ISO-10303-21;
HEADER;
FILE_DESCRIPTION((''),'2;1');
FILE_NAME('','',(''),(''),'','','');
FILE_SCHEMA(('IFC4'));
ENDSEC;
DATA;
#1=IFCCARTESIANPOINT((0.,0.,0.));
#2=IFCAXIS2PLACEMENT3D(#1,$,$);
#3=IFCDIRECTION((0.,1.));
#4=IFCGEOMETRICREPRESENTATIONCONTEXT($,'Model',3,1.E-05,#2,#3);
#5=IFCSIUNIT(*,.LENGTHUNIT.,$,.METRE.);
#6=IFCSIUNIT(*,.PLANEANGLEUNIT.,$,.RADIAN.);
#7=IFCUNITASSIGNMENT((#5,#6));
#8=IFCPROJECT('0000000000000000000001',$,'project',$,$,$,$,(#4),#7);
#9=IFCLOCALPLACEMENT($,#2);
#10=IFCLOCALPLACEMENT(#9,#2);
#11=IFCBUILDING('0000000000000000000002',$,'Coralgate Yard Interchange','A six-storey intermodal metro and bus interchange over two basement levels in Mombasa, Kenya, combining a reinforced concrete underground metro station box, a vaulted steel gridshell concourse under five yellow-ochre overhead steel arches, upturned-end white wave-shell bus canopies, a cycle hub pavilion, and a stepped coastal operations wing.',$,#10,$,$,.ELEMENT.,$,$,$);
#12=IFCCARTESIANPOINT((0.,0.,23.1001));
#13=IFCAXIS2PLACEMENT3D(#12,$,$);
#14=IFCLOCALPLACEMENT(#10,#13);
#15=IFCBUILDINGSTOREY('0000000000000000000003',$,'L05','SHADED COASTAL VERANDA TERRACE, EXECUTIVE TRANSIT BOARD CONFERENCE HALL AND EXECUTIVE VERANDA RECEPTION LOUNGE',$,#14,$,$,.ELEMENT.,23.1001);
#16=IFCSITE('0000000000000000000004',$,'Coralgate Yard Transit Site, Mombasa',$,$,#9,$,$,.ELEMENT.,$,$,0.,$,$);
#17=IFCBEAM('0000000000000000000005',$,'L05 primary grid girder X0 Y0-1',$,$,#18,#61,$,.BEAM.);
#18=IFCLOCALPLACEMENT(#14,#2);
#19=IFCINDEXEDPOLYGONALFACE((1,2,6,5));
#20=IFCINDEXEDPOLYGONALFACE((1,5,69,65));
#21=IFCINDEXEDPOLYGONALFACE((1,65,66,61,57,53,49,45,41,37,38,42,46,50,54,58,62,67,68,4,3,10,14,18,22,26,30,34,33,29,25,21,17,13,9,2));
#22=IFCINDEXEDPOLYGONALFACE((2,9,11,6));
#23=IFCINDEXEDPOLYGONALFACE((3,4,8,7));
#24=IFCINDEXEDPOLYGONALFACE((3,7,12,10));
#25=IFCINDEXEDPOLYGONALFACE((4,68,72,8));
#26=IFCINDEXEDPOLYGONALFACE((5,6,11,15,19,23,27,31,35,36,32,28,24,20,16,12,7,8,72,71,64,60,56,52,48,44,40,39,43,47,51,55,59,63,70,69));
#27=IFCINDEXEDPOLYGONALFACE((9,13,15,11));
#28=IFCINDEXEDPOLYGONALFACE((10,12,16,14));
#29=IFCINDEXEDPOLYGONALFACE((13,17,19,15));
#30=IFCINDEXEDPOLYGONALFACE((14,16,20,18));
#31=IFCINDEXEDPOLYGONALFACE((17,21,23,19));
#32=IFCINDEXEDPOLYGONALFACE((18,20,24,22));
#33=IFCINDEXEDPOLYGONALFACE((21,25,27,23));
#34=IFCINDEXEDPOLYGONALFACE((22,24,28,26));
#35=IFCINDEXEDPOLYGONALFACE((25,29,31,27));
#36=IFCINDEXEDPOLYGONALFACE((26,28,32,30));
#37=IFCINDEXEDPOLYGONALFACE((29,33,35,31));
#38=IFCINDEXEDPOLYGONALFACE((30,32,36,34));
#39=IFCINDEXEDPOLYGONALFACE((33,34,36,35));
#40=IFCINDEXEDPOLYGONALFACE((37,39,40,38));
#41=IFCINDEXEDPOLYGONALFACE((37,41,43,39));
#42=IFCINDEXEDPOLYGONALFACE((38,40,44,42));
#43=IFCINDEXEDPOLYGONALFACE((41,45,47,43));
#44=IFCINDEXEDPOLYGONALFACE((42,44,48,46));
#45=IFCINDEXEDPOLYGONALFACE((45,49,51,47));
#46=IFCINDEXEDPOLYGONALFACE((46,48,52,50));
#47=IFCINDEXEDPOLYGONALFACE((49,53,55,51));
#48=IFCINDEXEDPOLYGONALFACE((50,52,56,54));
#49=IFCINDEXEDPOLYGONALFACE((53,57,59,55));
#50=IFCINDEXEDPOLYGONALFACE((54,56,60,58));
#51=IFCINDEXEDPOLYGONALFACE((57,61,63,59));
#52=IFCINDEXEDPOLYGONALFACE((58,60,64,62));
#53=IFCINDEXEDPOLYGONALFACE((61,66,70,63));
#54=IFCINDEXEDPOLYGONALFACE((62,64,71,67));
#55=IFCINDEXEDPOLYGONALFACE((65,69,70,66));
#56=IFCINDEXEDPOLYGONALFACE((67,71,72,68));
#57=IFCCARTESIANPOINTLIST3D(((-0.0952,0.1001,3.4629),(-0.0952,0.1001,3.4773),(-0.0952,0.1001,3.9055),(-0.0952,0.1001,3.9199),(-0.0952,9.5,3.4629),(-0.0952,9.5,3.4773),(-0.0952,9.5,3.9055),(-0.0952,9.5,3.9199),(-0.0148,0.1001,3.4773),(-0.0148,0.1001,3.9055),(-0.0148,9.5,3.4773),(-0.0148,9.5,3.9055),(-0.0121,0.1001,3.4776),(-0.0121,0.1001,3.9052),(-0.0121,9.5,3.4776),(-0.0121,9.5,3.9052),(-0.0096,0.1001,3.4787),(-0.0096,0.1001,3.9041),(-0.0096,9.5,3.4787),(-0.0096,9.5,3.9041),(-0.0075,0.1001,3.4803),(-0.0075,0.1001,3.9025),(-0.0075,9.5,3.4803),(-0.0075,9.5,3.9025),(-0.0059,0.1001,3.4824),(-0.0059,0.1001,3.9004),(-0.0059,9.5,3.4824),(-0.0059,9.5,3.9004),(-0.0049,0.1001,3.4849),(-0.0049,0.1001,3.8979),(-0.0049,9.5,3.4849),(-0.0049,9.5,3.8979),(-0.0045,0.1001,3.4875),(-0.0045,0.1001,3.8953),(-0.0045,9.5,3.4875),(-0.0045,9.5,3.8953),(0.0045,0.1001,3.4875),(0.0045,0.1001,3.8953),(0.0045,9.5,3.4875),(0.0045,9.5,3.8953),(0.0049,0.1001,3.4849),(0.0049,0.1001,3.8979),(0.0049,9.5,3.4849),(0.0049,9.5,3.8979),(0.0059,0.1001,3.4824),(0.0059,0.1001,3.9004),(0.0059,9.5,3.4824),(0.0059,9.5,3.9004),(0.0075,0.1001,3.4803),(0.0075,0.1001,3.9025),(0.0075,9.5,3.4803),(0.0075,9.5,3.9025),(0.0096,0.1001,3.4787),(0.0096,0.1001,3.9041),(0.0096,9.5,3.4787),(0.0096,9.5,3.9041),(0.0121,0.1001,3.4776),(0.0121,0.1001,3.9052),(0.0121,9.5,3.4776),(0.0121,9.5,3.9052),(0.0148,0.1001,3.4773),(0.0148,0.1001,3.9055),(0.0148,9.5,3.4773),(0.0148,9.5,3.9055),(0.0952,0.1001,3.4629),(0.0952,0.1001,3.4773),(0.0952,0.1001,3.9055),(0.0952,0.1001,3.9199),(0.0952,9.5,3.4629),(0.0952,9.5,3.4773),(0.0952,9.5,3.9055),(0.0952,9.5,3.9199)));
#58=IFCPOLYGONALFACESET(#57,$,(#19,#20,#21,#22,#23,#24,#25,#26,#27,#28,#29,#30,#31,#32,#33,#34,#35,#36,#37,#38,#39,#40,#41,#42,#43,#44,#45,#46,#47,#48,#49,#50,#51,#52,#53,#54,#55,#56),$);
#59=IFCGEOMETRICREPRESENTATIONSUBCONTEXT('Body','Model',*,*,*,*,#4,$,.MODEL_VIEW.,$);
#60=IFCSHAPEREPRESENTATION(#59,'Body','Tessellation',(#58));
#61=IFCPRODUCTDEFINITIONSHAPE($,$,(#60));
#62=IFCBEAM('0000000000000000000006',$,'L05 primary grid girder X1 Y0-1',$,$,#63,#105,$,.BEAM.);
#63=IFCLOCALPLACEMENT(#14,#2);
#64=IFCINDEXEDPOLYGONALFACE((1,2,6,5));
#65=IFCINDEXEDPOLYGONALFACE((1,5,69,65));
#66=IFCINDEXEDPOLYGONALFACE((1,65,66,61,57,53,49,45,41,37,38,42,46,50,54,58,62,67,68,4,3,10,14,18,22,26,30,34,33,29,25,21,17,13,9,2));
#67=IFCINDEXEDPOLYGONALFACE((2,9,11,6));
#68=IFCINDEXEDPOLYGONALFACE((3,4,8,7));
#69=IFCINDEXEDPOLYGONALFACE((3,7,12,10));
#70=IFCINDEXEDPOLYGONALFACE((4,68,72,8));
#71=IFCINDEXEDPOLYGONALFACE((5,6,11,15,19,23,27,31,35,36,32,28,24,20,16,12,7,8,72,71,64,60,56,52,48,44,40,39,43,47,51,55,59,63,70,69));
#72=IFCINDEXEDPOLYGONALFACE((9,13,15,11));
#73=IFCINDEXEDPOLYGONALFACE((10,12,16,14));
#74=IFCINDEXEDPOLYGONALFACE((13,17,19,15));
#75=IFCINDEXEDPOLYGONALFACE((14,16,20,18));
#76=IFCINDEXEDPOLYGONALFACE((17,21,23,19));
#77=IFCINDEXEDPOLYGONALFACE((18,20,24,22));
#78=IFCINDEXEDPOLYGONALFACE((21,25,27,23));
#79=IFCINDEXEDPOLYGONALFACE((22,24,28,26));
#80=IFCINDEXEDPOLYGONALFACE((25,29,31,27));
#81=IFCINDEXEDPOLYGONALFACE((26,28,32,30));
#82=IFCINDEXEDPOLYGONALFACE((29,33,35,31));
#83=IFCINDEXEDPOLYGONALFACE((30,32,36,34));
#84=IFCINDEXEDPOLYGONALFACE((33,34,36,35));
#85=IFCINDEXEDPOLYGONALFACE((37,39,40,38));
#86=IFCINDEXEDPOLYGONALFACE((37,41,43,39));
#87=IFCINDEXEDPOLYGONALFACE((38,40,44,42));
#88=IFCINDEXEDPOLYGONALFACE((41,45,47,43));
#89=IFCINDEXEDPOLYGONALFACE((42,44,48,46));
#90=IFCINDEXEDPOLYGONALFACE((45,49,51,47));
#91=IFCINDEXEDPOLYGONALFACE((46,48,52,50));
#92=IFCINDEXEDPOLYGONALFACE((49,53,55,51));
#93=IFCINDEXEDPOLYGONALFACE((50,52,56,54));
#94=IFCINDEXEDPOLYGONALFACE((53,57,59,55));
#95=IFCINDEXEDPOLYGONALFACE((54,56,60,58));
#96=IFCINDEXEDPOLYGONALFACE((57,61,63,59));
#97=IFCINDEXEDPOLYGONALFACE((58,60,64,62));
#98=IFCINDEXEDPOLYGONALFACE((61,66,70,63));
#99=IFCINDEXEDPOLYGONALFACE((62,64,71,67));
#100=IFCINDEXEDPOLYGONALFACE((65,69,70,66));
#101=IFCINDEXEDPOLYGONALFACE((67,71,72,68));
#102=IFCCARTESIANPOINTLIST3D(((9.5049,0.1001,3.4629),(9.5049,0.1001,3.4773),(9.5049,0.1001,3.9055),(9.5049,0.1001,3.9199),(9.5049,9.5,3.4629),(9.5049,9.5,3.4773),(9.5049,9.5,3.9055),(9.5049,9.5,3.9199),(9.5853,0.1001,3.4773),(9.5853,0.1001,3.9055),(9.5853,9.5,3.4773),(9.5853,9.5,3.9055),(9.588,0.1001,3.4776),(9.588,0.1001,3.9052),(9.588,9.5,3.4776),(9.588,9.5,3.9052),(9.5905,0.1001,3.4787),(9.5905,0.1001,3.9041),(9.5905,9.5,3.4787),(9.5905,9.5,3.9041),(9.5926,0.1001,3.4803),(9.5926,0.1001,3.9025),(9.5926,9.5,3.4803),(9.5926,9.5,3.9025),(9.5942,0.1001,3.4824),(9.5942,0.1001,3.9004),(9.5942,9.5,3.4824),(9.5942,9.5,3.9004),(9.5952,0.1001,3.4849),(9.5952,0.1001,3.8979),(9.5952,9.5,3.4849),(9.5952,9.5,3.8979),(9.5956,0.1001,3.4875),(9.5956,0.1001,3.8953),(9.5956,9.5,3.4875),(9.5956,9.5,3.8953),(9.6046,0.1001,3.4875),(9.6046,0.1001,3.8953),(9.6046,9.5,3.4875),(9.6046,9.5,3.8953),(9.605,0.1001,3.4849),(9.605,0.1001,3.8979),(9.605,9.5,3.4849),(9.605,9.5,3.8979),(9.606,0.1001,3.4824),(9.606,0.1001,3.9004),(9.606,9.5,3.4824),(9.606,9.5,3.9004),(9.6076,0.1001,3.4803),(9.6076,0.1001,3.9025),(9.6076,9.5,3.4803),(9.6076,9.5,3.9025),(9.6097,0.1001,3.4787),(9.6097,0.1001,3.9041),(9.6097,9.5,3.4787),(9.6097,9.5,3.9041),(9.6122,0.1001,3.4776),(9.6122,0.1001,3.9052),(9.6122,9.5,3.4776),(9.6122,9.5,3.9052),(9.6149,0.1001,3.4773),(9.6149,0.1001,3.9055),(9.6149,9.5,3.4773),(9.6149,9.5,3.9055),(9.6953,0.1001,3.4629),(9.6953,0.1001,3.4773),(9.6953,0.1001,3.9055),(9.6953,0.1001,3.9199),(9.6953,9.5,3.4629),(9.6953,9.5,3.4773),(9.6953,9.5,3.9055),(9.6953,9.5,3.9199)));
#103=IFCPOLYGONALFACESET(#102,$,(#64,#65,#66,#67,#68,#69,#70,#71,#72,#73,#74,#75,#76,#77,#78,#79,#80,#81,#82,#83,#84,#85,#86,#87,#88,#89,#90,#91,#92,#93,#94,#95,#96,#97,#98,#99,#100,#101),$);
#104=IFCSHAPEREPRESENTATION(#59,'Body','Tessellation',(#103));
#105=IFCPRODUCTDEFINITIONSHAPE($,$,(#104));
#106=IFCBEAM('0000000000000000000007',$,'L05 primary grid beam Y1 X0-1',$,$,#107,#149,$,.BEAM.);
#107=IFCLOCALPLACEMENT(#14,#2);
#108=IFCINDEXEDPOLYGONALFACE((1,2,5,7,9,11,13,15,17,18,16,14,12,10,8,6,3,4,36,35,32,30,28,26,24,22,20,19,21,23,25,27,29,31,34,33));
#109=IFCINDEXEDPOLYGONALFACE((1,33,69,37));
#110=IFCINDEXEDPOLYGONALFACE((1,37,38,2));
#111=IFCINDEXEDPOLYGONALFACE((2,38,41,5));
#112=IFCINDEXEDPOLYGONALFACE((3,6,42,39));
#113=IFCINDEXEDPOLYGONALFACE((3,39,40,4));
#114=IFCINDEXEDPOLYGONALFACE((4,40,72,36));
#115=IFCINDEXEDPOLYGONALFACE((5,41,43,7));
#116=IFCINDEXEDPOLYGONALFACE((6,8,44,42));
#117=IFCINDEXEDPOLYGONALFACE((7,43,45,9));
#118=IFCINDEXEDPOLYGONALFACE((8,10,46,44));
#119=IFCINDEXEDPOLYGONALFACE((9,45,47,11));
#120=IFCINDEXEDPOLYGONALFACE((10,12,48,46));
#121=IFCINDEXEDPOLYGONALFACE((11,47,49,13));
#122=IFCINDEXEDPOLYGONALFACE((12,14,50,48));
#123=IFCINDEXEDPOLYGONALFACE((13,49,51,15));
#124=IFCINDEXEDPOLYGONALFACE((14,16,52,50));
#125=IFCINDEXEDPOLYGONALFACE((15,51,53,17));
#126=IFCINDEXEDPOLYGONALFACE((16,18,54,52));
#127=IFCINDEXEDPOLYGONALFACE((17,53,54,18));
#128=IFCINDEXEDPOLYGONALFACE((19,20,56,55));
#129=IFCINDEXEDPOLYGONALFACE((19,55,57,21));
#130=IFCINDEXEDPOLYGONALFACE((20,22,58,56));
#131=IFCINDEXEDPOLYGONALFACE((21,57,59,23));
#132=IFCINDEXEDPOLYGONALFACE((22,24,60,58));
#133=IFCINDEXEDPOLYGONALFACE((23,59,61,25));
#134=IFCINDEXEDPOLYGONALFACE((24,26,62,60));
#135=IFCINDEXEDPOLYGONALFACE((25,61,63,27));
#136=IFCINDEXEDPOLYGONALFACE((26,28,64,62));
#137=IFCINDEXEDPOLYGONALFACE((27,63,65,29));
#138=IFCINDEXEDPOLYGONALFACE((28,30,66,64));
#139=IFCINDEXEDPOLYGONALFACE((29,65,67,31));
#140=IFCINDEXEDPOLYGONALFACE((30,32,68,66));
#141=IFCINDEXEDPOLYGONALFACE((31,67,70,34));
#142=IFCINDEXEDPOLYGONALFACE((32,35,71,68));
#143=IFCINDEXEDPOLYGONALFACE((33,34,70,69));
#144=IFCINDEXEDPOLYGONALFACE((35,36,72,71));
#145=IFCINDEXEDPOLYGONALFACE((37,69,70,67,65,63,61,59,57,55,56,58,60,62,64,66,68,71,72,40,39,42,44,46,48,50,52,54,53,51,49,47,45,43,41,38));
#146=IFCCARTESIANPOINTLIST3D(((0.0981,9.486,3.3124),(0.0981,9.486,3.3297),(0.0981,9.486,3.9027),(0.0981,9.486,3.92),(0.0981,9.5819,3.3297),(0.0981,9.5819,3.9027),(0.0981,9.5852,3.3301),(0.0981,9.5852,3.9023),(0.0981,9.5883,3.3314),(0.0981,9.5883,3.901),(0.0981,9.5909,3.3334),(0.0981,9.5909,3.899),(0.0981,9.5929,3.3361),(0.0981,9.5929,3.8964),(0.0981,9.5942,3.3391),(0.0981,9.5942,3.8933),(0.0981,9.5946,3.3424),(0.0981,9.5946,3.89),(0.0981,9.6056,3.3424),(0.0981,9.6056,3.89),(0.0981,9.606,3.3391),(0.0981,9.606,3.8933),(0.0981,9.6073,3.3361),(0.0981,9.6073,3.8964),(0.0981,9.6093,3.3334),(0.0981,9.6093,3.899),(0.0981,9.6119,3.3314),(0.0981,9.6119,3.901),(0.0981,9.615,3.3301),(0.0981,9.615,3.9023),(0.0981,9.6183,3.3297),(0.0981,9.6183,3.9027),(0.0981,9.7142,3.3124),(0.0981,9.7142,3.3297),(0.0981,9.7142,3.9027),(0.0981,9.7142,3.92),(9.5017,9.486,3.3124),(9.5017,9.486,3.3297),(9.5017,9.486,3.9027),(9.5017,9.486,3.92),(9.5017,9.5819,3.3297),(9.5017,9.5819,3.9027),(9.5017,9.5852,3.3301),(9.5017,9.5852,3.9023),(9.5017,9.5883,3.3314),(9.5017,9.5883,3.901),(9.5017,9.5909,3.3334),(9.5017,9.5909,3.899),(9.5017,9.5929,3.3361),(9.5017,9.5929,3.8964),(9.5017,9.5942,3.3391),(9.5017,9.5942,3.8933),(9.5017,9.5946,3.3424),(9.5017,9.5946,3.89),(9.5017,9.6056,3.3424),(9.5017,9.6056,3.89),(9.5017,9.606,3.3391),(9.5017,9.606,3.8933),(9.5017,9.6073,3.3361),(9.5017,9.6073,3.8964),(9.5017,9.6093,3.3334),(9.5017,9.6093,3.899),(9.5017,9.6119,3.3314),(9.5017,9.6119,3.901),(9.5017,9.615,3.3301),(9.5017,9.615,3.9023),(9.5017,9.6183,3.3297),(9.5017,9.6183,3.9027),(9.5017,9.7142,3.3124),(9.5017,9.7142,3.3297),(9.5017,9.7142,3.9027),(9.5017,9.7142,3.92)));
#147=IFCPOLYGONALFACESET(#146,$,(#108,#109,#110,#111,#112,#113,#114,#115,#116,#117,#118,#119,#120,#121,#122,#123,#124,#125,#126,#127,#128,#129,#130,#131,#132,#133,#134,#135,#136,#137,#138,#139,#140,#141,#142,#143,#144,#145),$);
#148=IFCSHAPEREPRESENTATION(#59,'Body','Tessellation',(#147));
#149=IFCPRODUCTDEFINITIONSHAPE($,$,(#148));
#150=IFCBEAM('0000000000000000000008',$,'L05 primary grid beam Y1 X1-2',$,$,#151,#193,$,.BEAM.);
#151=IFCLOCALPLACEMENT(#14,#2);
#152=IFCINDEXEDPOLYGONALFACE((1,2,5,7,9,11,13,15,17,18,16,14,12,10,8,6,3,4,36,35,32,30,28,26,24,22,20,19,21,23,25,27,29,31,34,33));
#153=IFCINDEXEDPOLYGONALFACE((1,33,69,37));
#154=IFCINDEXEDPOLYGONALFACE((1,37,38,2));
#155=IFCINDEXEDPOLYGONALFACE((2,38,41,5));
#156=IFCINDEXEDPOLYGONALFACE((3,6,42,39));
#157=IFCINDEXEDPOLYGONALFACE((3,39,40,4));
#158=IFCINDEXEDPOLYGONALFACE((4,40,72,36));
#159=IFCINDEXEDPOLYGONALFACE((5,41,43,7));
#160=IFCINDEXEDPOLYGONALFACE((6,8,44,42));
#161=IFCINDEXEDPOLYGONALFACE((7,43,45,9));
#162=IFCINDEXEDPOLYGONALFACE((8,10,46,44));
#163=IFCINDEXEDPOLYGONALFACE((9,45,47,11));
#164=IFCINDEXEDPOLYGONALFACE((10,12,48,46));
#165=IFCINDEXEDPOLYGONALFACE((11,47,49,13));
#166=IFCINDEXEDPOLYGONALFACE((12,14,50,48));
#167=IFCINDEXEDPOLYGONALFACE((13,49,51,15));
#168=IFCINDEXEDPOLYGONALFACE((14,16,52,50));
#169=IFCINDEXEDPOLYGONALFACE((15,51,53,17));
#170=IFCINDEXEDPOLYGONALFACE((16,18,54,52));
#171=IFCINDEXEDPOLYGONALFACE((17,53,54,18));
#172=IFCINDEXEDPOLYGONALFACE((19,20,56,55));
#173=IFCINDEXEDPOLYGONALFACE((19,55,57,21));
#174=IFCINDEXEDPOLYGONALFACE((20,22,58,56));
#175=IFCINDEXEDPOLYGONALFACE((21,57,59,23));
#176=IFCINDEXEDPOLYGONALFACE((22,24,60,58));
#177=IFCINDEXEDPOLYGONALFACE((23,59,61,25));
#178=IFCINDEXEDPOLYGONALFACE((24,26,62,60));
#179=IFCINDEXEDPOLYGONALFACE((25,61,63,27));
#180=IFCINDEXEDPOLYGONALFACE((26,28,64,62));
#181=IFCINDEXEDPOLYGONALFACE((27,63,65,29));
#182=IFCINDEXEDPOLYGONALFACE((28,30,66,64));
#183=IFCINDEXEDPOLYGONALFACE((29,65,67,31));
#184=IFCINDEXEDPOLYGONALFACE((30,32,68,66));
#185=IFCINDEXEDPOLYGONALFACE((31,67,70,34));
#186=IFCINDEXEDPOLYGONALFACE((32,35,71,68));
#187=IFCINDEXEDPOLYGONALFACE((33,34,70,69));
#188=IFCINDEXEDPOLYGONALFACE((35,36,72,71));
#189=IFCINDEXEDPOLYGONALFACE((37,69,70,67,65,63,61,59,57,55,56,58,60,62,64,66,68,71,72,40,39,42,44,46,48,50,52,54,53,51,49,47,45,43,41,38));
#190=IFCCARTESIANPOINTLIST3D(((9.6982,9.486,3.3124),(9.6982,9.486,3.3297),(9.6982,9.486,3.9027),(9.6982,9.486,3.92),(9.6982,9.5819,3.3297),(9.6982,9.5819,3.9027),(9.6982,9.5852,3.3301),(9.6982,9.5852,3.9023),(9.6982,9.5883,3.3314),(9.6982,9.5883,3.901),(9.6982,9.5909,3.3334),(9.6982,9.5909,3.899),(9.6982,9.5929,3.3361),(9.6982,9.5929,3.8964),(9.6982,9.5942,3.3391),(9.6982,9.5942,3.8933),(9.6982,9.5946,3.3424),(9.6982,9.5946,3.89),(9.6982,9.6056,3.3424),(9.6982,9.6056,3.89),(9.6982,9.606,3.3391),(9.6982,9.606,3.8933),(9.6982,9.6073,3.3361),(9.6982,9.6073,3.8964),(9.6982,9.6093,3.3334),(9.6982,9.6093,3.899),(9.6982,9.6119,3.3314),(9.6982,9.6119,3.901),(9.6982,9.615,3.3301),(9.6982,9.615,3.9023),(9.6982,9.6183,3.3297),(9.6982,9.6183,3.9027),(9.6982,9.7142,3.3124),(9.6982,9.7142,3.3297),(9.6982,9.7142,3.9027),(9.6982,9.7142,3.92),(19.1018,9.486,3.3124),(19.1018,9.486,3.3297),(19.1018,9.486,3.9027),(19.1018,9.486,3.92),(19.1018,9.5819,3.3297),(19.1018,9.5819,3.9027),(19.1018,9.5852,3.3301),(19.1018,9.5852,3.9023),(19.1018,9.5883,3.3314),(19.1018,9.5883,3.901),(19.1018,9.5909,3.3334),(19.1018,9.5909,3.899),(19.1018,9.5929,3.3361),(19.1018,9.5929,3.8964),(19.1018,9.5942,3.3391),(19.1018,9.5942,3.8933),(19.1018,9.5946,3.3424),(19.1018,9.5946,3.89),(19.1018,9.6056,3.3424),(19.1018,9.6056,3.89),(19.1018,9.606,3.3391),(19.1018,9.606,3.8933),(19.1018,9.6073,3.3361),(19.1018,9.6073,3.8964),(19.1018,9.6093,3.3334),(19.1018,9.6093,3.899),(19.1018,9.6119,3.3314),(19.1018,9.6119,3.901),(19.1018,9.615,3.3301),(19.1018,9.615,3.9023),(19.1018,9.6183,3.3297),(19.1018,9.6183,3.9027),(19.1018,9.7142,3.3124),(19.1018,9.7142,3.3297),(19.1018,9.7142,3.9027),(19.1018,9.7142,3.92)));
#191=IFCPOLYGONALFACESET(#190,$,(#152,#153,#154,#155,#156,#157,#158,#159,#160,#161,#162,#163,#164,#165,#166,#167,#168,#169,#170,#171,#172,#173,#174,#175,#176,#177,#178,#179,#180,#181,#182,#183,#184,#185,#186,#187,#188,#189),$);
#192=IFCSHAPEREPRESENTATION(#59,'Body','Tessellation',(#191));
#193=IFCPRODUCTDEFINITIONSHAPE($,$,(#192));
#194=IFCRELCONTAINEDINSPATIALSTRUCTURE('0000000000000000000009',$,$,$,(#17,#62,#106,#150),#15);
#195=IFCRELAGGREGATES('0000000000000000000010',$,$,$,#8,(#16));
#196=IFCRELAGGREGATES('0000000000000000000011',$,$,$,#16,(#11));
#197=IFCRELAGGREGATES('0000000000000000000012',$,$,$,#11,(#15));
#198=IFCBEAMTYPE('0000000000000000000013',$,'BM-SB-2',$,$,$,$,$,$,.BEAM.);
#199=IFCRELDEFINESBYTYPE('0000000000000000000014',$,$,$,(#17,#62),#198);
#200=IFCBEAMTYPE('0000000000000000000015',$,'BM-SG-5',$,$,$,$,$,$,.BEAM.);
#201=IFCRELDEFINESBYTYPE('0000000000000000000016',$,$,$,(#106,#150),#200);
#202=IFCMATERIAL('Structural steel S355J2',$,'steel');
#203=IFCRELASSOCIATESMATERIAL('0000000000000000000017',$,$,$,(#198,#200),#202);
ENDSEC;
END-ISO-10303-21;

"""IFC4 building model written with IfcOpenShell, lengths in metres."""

from ifc_helpers import new_model, si_unit, direction, frame, origin, origin_2d, place, context, subcontext, project, spatial, i_section, extrude, material, material_profile, profile_set, type_object, element, save


model = new_model("IFC4")

# Units and contexts
model_context = context("Model", 3, precision=1e-05, world=origin(), true_north=direction((0.0, 1.0)))
body_context = subcontext(model_context, "Body", "Model", "MODEL_VIEW")
ifc_project = project(units=[si_unit("LENGTHUNIT", "METRE"), si_unit("PLANEANGLEUNIT", "RADIAN")], contexts=[model_context])

# Site, building, storey
site_placement = place(None, origin())
site = spatial("IfcSite", under=ifc_project, at=site_placement, Name="Coralgate Yard Transit Site, Mombasa", CompositionType="ELEMENT", RefElevation=0.0)
building_placement = place(site_placement, origin())
building = spatial("IfcBuilding", under=site, at=building_placement, Name="Coralgate Yard Interchange", Description="A six-storey intermodal metro and bus interchange over two basement levels in Mombasa, Kenya, combining a reinforced concrete underground metro station box, a vaulted steel gridshell concourse under five yellow-ochre overhead steel arches, upturned-end white wave-shell bus canopies, a cycle hub pavilion, and a stepped coastal operations wing.", CompositionType="ELEMENT")
storey_placement = place(building_placement, frame((0.0, 0.0, 23.1001)))
storey = spatial("IfcBuildingStorey", under=building, at=storey_placement, Name="L05", Description="SHADED COASTAL VERANDA TERRACE, EXECUTIVE TRANSIT BOARD CONFERENCE HALL AND EXECUTIVE VERANDA RECEPTION LOUNGE", CompositionType="ELEMENT", Elevation=23.1001)

# Shared definitions
ifc_material_1 = material(Name="Structural steel S355J2", Category="steel")

# Beams
ifc_material_profile_1 = material_profile(ifc_material_1, i_section(OverallWidth=0.1904, OverallDepth=0.457, WebThickness=0.009, FlangeThickness=0.0144, FilletRadius=0.0103, at=origin_2d()), Name="UB 457x191x74")
ifc_profile_set_1 = profile_set([ifc_material_profile_1], Name="Structural steel S355J2")
beam_type_1 = type_object("IfcBeamType", Name="BM-SB-2", PredefinedType="BEAM", material=ifc_profile_set_1)
for number, where, z_axis, x_axis, name in (
    (1, (0.0, 0.1001, 3.6914), (0.0, 1.0, 0.0), (-1.0, 0.0, 0.0), "L05 primary grid girder X0 Y0-1"),
    (2, (9.6001, 0.1001, 3.6914), (0.0, 1.0, 0.0), (-1.0, 0.0, 0.0), "L05 primary grid girder X1 Y0-1"),
):
    element("IfcBeam", number, at=place(storey_placement, frame(where, z_axis=z_axis, x_axis=x_axis)), inside=storey, type_object=beam_type_1, Name=name, PredefinedType="BEAM", context=body_context, shape_type="SweptSolid", body=[
        extrude(i_section(OverallWidth=0.1904, OverallDepth=0.457, WebThickness=0.009, FlangeThickness=0.0144, FilletRadius=0.0103, at=origin_2d()), origin(), (0.0, 0.0, 1.0), 9.3999),
    ])
ifc_material_profile_2 = material_profile(ifc_material_1, i_section(OverallWidth=0.2283, OverallDepth=0.6077, WebThickness=0.011, FlangeThickness=0.0173, FilletRadius=0.0127, at=origin_2d()), Name="UB 610x229x113")
ifc_profile_set_2 = profile_set([ifc_material_profile_2], Name="Structural steel S355J2")
beam_type_2 = type_object("IfcBeamType", Name="BM-SG-5", PredefinedType="BEAM", material=ifc_profile_set_2)
for number, where, z_axis, x_axis, name in (
    (3, (0.0981, 9.6001, 3.6162), (1.0, 0.0, 0.0), (0.0, 1.0, 0.0), "L05 primary grid beam Y1 X0-1"),
    (4, (9.6982, 9.6001, 3.6162), (1.0, 0.0, 0.0), (0.0, 1.0, 0.0), "L05 primary grid beam Y1 X1-2"),
):
    element("IfcBeam", number, at=place(storey_placement, frame(where, z_axis=z_axis, x_axis=x_axis)), inside=storey, type_object=beam_type_2, Name=name, PredefinedType="BEAM", context=body_context, shape_type="SweptSolid", body=[
        extrude(i_section(OverallWidth=0.2283, OverallDepth=0.6077, WebThickness=0.011, FlangeThickness=0.0173, FilletRadius=0.0127, at=origin_2d()), origin(), (0.0, 0.0, 1.0), 9.4036),
    ])

save(model, "model.ifc")
